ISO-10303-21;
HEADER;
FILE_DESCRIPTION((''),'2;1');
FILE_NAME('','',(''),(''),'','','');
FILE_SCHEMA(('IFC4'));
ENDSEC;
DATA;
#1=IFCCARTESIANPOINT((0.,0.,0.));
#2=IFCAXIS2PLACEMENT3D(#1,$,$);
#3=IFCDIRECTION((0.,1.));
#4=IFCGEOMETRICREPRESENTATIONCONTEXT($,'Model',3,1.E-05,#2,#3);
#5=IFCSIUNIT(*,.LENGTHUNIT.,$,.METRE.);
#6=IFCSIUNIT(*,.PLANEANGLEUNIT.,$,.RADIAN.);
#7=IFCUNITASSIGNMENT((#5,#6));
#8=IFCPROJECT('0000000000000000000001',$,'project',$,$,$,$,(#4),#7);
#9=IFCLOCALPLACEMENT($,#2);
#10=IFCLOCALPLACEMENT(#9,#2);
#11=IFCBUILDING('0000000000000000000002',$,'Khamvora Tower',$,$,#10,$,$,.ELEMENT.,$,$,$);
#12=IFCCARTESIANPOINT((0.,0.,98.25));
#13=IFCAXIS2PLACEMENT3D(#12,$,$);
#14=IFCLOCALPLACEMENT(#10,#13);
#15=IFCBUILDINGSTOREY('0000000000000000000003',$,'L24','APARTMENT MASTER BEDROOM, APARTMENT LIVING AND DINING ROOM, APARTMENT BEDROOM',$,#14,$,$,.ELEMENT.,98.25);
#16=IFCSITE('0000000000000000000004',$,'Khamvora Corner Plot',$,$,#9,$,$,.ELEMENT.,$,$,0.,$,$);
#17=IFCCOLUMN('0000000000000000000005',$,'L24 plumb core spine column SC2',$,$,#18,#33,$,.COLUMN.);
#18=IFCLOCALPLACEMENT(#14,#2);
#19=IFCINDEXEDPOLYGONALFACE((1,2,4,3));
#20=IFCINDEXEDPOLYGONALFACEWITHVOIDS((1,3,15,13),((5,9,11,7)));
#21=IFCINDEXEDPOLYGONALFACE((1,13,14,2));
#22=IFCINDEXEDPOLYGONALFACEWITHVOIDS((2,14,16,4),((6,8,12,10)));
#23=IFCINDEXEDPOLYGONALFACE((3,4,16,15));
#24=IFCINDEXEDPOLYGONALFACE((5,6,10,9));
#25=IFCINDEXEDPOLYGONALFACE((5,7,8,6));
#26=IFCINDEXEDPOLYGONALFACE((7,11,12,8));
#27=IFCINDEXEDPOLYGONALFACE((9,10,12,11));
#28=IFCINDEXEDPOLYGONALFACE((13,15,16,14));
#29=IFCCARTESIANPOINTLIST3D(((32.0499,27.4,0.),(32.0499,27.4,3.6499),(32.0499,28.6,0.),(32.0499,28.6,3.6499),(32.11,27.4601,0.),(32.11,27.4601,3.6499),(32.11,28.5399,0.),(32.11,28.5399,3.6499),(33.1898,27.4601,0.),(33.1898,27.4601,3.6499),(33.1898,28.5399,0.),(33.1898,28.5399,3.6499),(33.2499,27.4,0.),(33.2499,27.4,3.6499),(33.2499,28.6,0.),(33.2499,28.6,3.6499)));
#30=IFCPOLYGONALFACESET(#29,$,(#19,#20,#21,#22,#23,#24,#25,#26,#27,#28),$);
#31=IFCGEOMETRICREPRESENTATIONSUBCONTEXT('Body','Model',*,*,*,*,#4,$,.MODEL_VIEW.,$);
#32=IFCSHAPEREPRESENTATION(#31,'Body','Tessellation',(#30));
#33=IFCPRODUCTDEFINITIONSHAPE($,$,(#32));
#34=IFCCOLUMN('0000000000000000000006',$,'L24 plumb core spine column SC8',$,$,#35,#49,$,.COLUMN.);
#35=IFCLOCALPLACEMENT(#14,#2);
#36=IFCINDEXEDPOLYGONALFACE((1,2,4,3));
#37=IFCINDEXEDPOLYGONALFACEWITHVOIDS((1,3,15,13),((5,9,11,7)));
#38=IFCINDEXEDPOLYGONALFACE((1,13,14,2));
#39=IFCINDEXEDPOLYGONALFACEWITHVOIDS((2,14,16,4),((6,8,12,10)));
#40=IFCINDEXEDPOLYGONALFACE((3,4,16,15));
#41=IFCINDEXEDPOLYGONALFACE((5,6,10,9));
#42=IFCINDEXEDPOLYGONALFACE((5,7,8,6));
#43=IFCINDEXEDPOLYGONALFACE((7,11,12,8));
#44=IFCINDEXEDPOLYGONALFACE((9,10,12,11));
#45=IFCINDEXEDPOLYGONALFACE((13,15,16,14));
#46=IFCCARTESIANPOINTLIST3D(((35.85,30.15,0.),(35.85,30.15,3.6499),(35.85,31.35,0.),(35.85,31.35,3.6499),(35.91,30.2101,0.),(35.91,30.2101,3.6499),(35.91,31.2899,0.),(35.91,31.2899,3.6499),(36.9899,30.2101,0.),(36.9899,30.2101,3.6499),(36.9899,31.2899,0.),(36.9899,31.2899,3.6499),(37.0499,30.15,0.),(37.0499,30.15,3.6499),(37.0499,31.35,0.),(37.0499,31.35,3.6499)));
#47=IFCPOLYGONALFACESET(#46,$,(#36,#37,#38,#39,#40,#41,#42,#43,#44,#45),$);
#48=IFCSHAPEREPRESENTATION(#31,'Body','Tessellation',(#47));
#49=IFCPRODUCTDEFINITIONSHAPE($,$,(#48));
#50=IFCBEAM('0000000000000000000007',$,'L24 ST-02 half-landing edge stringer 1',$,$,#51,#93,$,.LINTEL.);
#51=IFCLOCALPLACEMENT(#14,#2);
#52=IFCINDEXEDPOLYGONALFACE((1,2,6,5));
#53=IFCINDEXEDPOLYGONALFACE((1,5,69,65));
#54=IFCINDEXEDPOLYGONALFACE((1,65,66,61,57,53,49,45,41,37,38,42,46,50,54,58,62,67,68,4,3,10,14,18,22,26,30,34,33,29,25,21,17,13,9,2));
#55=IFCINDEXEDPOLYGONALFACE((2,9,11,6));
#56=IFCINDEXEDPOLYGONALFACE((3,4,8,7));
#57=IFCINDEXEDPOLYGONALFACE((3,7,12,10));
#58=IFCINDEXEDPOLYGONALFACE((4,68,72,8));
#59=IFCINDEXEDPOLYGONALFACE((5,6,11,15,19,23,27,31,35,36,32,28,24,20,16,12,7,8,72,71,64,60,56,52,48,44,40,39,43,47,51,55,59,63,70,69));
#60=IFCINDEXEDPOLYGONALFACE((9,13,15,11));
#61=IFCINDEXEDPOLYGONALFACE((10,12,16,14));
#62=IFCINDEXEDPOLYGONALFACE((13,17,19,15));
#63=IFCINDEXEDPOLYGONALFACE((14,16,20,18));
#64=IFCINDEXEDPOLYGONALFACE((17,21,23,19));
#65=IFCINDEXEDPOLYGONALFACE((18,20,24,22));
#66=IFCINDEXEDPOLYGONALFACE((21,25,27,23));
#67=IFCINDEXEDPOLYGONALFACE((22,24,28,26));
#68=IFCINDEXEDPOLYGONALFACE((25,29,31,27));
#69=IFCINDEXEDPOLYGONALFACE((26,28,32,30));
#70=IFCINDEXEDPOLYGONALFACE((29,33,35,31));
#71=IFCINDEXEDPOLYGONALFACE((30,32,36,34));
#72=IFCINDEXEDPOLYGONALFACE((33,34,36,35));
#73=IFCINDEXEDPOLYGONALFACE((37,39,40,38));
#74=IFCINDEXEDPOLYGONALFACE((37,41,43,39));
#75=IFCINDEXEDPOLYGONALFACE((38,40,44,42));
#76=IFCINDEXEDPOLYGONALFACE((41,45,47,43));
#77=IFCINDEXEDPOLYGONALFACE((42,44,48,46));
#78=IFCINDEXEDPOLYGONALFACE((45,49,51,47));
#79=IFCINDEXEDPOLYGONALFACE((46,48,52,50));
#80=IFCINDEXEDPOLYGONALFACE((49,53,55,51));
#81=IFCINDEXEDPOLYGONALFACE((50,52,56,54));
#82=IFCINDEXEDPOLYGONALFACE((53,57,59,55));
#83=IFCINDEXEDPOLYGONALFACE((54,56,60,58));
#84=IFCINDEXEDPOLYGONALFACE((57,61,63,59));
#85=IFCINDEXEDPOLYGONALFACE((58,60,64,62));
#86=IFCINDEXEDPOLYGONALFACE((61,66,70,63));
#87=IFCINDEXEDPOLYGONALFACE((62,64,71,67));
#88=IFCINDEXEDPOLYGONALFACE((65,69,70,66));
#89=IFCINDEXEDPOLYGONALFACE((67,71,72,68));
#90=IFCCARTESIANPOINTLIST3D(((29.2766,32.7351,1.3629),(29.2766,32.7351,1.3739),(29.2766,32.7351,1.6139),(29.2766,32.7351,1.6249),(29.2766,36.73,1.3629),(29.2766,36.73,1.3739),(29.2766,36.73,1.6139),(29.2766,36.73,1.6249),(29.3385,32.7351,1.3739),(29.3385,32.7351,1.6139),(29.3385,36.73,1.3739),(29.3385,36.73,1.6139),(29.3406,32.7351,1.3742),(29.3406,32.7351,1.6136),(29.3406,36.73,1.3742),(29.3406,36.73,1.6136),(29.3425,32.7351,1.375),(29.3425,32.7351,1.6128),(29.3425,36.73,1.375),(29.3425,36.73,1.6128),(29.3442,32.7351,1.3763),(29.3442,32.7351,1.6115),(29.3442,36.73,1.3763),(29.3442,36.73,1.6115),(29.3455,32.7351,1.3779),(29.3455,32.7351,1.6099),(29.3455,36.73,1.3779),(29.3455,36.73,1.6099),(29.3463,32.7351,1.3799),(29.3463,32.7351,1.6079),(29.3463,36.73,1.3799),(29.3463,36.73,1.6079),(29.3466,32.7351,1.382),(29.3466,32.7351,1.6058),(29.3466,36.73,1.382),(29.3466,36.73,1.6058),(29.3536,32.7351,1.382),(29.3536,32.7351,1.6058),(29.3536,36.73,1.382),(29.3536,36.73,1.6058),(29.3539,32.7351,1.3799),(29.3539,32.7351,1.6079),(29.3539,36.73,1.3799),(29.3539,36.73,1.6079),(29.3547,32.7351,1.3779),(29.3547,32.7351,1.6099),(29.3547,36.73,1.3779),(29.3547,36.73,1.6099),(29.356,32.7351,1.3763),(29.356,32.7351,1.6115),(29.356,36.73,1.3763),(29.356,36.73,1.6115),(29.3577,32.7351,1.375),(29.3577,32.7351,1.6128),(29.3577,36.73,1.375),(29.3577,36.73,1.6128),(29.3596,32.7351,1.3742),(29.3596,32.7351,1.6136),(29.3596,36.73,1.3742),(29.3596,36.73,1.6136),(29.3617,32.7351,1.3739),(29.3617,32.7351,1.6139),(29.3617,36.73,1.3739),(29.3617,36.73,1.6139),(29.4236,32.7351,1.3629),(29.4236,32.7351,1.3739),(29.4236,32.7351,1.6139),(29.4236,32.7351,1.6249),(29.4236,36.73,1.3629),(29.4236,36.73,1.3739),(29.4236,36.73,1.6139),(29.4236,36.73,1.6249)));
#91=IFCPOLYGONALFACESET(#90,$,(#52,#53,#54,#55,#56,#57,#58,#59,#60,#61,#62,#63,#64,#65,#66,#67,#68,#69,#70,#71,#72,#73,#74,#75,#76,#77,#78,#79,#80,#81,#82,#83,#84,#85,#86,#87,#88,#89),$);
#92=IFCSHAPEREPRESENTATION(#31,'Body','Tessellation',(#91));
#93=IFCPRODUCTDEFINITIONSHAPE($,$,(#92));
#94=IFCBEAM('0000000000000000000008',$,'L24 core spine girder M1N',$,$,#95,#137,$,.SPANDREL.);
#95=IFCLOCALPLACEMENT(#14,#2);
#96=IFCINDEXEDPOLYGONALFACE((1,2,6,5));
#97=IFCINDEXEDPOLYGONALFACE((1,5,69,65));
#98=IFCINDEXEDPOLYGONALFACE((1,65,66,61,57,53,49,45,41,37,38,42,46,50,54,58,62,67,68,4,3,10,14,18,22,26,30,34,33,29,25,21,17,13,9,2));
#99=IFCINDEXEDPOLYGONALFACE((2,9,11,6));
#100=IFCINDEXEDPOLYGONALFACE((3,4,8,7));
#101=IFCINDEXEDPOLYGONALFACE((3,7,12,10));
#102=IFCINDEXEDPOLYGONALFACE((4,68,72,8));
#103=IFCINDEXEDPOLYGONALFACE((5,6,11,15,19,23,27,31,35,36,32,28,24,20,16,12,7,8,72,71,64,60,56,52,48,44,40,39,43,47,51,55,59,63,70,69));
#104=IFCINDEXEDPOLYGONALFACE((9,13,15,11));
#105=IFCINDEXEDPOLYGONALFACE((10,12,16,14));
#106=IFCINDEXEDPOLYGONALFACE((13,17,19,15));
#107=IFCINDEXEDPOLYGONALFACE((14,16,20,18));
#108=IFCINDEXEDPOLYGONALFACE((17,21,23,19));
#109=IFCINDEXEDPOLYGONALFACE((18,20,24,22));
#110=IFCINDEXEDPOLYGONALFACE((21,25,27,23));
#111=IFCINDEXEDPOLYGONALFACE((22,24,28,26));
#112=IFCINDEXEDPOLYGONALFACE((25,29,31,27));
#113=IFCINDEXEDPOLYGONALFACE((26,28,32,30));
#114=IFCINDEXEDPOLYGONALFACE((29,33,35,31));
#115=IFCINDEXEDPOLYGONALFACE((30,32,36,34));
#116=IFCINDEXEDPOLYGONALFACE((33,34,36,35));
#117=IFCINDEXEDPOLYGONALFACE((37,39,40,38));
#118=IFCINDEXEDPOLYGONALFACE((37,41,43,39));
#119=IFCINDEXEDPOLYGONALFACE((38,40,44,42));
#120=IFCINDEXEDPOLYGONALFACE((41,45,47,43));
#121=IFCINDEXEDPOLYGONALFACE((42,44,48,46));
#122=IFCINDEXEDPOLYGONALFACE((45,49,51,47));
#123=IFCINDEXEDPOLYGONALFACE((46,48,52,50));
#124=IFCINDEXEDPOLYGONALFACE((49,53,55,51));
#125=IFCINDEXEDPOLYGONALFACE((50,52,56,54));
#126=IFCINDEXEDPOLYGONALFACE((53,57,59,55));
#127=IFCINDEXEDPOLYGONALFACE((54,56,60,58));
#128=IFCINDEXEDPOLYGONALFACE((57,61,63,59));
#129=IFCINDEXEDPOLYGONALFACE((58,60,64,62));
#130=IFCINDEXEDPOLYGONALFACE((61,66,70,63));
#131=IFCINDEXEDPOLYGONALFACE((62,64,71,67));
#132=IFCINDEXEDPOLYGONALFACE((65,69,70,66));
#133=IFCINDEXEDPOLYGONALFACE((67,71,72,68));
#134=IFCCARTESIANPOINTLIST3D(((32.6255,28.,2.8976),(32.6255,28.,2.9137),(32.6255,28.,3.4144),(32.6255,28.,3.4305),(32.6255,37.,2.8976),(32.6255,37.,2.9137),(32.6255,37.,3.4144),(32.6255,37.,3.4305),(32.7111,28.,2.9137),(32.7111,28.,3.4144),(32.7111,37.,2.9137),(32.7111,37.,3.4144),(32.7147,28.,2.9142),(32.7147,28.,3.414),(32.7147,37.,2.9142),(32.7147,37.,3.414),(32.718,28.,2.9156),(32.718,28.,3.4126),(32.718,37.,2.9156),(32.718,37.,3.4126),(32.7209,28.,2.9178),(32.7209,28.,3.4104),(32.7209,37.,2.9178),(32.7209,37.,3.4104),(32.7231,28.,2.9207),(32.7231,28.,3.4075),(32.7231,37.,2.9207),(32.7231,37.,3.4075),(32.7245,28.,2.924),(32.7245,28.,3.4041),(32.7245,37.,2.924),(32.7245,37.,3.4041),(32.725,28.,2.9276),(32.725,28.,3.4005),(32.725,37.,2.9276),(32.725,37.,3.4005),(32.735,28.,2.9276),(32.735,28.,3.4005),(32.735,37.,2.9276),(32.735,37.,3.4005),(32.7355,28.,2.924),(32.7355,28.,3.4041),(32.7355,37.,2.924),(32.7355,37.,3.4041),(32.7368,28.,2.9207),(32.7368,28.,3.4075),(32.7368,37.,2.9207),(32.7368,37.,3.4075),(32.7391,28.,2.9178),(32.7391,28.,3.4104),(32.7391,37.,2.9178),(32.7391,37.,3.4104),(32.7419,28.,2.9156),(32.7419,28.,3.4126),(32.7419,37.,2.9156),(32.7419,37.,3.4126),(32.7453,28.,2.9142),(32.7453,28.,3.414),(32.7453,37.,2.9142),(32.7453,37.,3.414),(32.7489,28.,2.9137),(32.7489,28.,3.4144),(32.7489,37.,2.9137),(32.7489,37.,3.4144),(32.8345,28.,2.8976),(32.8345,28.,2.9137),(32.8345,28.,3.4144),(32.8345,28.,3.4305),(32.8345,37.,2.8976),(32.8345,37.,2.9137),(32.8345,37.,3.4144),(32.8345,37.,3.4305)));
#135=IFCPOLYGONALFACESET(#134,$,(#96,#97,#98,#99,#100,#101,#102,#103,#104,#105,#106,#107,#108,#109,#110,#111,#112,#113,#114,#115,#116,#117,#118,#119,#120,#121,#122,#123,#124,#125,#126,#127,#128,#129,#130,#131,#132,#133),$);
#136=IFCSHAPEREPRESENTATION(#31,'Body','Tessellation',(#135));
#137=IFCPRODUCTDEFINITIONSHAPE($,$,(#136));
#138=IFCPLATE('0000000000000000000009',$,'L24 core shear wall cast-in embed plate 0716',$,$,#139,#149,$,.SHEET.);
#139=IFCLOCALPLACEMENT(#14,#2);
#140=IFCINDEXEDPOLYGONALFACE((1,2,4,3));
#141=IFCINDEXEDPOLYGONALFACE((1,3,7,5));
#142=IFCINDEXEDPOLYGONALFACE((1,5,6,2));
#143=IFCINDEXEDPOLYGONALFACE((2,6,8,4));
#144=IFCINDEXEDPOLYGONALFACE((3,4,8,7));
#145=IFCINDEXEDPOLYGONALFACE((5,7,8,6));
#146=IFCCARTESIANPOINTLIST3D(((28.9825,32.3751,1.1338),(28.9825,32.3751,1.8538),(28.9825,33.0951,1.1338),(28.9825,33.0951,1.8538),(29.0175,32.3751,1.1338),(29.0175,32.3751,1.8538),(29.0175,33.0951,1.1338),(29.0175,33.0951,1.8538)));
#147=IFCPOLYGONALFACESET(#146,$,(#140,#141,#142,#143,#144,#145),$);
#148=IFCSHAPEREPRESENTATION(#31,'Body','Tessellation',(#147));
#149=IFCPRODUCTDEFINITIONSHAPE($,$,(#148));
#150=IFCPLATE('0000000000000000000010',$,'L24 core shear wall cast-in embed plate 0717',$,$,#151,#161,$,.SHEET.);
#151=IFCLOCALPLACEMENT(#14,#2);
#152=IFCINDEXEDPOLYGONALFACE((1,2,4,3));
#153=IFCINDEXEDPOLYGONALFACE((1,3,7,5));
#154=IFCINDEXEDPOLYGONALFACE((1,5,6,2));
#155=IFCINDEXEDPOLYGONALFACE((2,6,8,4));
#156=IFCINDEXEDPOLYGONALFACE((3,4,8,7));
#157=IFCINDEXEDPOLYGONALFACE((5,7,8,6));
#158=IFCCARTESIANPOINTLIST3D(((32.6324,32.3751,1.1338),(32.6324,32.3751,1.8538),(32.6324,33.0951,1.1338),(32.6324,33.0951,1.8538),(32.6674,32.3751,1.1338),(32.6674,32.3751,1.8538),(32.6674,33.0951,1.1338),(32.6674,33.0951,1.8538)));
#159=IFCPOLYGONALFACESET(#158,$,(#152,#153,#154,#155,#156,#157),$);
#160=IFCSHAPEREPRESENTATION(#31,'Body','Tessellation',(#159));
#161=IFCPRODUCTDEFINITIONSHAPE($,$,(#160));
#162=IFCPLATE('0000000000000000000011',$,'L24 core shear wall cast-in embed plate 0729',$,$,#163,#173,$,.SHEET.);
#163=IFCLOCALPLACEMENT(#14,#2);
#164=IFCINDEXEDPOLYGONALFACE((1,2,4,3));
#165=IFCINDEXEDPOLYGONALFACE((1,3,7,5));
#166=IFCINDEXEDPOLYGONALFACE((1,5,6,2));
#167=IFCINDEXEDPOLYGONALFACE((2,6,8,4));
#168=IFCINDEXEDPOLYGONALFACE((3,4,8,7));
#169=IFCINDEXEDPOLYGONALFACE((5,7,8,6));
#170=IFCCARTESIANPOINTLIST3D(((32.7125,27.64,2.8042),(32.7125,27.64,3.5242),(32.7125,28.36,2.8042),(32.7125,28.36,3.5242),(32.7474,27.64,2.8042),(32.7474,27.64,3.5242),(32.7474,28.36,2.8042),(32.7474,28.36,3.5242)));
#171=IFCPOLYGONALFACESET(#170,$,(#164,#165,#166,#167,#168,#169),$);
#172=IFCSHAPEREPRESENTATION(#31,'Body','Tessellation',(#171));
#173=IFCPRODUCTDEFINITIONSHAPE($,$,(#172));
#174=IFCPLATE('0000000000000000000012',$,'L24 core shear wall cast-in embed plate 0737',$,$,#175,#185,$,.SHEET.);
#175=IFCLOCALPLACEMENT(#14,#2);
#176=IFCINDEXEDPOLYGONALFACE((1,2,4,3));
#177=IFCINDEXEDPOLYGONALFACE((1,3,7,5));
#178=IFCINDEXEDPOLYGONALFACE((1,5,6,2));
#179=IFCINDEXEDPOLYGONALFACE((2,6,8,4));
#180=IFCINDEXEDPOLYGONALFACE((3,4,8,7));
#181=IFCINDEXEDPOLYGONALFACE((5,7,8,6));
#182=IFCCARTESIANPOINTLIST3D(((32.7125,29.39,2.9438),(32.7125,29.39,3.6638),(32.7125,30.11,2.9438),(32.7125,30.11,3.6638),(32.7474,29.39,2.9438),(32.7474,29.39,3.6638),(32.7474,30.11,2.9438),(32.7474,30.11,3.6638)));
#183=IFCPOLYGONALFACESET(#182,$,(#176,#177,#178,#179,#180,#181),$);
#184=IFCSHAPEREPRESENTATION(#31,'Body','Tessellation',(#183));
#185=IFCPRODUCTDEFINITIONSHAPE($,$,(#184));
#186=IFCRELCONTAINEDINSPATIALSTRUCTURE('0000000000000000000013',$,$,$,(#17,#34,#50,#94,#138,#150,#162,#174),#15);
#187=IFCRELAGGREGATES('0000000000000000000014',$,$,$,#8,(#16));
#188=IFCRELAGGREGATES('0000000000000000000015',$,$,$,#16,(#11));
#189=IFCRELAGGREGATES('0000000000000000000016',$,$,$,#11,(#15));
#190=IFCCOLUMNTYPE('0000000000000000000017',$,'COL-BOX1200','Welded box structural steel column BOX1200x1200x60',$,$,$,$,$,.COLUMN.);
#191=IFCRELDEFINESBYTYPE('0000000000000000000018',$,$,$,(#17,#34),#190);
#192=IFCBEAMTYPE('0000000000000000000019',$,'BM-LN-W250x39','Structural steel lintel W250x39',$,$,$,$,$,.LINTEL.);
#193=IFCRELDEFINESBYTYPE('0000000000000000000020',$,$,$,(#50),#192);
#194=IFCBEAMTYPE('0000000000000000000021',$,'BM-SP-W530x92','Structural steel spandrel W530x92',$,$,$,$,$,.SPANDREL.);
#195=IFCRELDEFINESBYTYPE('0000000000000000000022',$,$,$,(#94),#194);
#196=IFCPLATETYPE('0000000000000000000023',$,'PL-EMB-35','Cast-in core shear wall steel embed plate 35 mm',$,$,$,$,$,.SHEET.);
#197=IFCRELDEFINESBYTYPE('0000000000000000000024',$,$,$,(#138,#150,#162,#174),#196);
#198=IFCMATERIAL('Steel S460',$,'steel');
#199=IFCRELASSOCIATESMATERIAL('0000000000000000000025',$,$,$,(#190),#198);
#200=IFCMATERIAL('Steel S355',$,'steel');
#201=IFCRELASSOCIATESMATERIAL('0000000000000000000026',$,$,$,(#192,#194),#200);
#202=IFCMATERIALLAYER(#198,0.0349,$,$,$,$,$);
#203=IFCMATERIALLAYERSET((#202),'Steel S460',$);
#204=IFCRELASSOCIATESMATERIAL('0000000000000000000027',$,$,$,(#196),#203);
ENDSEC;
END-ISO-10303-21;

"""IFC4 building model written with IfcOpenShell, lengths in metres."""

from ifc_helpers import new_model, si_unit, direction, frame, origin, origin_2d, place, context, subcontext, project, spatial, rectangle, hollow_rectangle, i_section, extrude, material, layer, layer_set, material_profile, profile_set, type_object, element, save


model = new_model("IFC4")

# Units and contexts
model_context = context("Model", 3, precision=1e-05, world=origin(), true_north=direction((0.0, 1.0)))
body_context = subcontext(model_context, "Body", "Model", "MODEL_VIEW")
ifc_project = project(units=[si_unit("LENGTHUNIT", "METRE"), si_unit("PLANEANGLEUNIT", "RADIAN")], contexts=[model_context])

# Site, building, storey
site_placement = place(None, origin())
site = spatial("IfcSite", under=ifc_project, at=site_placement, Name="Khamvora Corner Plot", CompositionType="ELEMENT", RefElevation=0.0)
building_placement = place(site_placement, origin())
building = spatial("IfcBuilding", under=site, at=building_placement, Name="Khamvora Tower", CompositionType="ELEMENT")
storey_placement = place(building_placement, frame((0.0, 0.0, 98.25)))
storey = spatial("IfcBuildingStorey", under=building, at=storey_placement, Name="L24", Description="APARTMENT MASTER BEDROOM, APARTMENT LIVING AND DINING ROOM, APARTMENT BEDROOM", CompositionType="ELEMENT", Elevation=98.25)

# Columns
ifc_material_1 = material(Name="Steel S460", Category="steel")
ifc_material_profile_1 = material_profile(ifc_material_1, hollow_rectangle(XDim=1.2, YDim=1.2, WallThickness=0.0601, at=origin_2d()), Name="BOX1200x1200x60")
ifc_profile_set_1 = profile_set([ifc_material_profile_1], Name="Steel S460")
column_type = type_object("IfcColumnType", Name="COL-BOX1200", Description="Welded box structural steel column BOX1200x1200x60", PredefinedType="COLUMN", material=ifc_profile_set_1)
for number, where, z_axis, x_axis, name in (
    (1, (32.6499, 28.0, 0.0), (0.0, 0.0, 1.0), (1.0, 0.0, 0.0), "L24 plumb core spine column SC2"),
    (2, (36.45, 30.75, 0.0), (0.0, 0.0, 1.0), (1.0, 0.0, 0.0), "L24 plumb core spine column SC8"),
):
    element("IfcColumn", number, at=place(storey_placement, frame(where, z_axis=z_axis, x_axis=x_axis)), inside=storey, type_object=column_type, Name=name, PredefinedType="COLUMN", context=body_context, shape_type="SweptSolid", body=[
        extrude(hollow_rectangle(XDim=1.2, YDim=1.2, WallThickness=0.0601, at=origin_2d()), origin(), (0.0, 0.0, 1.0), 3.6499),
    ])

# Beams
ifc_material_2 = material(Name="Steel S355", Category="steel")
ifc_material_profile_2 = material_profile(ifc_material_2, i_section(OverallWidth=0.147, OverallDepth=0.262, WebThickness=0.0071, FlangeThickness=0.011, FilletRadius=0.0081, at=origin_2d()), Name="W250x39")
ifc_profile_set_2 = profile_set([ifc_material_profile_2], Name="Steel S355")
beam_type_1 = type_object("IfcBeamType", Name="BM-LN-W250x39", Description="Structural steel lintel W250x39", PredefinedType="LINTEL", material=ifc_profile_set_2)
beam_1_placement = place(storey_placement, frame((29.3501, 32.7351, 1.4939), z_axis=(0.0, 1.0, 0.0), x_axis=(-1.0, 0.0, 0.0)))
element("IfcBeam", 3, at=beam_1_placement, inside=storey, type_object=beam_type_1, Name="L24 ST-02 half-landing edge stringer 1", PredefinedType="LINTEL", context=body_context, shape_type="SweptSolid", body=[
    extrude(i_section(OverallWidth=0.147, OverallDepth=0.262, WebThickness=0.0071, FlangeThickness=0.011, FilletRadius=0.0081, at=origin_2d()), origin(), (0.0, 0.0, 1.0), 3.9949),
])
ifc_material_profile_3 = material_profile(ifc_material_2, i_section(OverallWidth=0.209, OverallDepth=0.533, WebThickness=0.01, FlangeThickness=0.0161, FilletRadius=0.0139, at=origin_2d()), Name="W530x92")
ifc_profile_set_3 = profile_set([ifc_material_profile_3], Name="Steel S355")
beam_type_2 = type_object("IfcBeamType", Name="BM-SP-W530x92", Description="Structural steel spandrel W530x92", PredefinedType="SPANDREL", material=ifc_profile_set_3)
beam_2_placement = place(storey_placement, frame((32.73, 28.0, 3.1641), z_axis=(0.0, 1.0, 0.0), x_axis=(-1.0, 0.0, 0.0)))
element("IfcBeam", 4, at=beam_2_placement, inside=storey, type_object=beam_type_2, Name="L24 core spine girder M1N", PredefinedType="SPANDREL", context=body_context, shape_type="SweptSolid", body=[
    extrude(i_section(OverallWidth=0.209, OverallDepth=0.533, WebThickness=0.01, FlangeThickness=0.0161, FilletRadius=0.0139, at=origin_2d()), origin(), (0.0, 0.0, 1.0), 9.0),
])

# Plates
ifc_layer_1 = layer(ifc_material_1, 0.0349)
ifc_layer_set_1 = layer_set([ifc_layer_1], Name="Steel S460")
plate_type = type_object("IfcPlateType", Name="PL-EMB-35", Description="Cast-in core shear wall steel embed plate 35 mm", PredefinedType="SHEET", material=ifc_layer_set_1)
for number, where, z_axis, x_axis, name in (
    (5, (29.0, 32.7351, 1.1338), (0.0, 0.0, 1.0), (1.0, 0.0, 0.0), "L24 core shear wall cast-in embed plate 0716"),
    (6, (32.6499, 32.7351, 1.1338), (0.0, 0.0, 1.0), (1.0, 0.0, 0.0), "L24 core shear wall cast-in embed plate 0717"),
    (7, (32.73, 28.0, 2.8042), (0.0, 0.0, 1.0), (1.0, 0.0, 0.0), "L24 core shear wall cast-in embed plate 0729"),
    (8, (32.73, 29.75, 2.9438), (0.0, 0.0, 1.0), (1.0, 0.0, 0.0), "L24 core shear wall cast-in embed plate 0737"),
):
    element("IfcPlate", number, at=place(storey_placement, frame(where, z_axis=z_axis, x_axis=x_axis)), inside=storey, type_object=plate_type, Name=name, PredefinedType="SHEET", context=body_context, shape_type="SweptSolid", body=[
        extrude(rectangle(XDim=0.0349, YDim=0.72, at=origin_2d()), origin(), (0.0, 0.0, 1.0), 0.72),
    ])

save(model, "model.ifc")
